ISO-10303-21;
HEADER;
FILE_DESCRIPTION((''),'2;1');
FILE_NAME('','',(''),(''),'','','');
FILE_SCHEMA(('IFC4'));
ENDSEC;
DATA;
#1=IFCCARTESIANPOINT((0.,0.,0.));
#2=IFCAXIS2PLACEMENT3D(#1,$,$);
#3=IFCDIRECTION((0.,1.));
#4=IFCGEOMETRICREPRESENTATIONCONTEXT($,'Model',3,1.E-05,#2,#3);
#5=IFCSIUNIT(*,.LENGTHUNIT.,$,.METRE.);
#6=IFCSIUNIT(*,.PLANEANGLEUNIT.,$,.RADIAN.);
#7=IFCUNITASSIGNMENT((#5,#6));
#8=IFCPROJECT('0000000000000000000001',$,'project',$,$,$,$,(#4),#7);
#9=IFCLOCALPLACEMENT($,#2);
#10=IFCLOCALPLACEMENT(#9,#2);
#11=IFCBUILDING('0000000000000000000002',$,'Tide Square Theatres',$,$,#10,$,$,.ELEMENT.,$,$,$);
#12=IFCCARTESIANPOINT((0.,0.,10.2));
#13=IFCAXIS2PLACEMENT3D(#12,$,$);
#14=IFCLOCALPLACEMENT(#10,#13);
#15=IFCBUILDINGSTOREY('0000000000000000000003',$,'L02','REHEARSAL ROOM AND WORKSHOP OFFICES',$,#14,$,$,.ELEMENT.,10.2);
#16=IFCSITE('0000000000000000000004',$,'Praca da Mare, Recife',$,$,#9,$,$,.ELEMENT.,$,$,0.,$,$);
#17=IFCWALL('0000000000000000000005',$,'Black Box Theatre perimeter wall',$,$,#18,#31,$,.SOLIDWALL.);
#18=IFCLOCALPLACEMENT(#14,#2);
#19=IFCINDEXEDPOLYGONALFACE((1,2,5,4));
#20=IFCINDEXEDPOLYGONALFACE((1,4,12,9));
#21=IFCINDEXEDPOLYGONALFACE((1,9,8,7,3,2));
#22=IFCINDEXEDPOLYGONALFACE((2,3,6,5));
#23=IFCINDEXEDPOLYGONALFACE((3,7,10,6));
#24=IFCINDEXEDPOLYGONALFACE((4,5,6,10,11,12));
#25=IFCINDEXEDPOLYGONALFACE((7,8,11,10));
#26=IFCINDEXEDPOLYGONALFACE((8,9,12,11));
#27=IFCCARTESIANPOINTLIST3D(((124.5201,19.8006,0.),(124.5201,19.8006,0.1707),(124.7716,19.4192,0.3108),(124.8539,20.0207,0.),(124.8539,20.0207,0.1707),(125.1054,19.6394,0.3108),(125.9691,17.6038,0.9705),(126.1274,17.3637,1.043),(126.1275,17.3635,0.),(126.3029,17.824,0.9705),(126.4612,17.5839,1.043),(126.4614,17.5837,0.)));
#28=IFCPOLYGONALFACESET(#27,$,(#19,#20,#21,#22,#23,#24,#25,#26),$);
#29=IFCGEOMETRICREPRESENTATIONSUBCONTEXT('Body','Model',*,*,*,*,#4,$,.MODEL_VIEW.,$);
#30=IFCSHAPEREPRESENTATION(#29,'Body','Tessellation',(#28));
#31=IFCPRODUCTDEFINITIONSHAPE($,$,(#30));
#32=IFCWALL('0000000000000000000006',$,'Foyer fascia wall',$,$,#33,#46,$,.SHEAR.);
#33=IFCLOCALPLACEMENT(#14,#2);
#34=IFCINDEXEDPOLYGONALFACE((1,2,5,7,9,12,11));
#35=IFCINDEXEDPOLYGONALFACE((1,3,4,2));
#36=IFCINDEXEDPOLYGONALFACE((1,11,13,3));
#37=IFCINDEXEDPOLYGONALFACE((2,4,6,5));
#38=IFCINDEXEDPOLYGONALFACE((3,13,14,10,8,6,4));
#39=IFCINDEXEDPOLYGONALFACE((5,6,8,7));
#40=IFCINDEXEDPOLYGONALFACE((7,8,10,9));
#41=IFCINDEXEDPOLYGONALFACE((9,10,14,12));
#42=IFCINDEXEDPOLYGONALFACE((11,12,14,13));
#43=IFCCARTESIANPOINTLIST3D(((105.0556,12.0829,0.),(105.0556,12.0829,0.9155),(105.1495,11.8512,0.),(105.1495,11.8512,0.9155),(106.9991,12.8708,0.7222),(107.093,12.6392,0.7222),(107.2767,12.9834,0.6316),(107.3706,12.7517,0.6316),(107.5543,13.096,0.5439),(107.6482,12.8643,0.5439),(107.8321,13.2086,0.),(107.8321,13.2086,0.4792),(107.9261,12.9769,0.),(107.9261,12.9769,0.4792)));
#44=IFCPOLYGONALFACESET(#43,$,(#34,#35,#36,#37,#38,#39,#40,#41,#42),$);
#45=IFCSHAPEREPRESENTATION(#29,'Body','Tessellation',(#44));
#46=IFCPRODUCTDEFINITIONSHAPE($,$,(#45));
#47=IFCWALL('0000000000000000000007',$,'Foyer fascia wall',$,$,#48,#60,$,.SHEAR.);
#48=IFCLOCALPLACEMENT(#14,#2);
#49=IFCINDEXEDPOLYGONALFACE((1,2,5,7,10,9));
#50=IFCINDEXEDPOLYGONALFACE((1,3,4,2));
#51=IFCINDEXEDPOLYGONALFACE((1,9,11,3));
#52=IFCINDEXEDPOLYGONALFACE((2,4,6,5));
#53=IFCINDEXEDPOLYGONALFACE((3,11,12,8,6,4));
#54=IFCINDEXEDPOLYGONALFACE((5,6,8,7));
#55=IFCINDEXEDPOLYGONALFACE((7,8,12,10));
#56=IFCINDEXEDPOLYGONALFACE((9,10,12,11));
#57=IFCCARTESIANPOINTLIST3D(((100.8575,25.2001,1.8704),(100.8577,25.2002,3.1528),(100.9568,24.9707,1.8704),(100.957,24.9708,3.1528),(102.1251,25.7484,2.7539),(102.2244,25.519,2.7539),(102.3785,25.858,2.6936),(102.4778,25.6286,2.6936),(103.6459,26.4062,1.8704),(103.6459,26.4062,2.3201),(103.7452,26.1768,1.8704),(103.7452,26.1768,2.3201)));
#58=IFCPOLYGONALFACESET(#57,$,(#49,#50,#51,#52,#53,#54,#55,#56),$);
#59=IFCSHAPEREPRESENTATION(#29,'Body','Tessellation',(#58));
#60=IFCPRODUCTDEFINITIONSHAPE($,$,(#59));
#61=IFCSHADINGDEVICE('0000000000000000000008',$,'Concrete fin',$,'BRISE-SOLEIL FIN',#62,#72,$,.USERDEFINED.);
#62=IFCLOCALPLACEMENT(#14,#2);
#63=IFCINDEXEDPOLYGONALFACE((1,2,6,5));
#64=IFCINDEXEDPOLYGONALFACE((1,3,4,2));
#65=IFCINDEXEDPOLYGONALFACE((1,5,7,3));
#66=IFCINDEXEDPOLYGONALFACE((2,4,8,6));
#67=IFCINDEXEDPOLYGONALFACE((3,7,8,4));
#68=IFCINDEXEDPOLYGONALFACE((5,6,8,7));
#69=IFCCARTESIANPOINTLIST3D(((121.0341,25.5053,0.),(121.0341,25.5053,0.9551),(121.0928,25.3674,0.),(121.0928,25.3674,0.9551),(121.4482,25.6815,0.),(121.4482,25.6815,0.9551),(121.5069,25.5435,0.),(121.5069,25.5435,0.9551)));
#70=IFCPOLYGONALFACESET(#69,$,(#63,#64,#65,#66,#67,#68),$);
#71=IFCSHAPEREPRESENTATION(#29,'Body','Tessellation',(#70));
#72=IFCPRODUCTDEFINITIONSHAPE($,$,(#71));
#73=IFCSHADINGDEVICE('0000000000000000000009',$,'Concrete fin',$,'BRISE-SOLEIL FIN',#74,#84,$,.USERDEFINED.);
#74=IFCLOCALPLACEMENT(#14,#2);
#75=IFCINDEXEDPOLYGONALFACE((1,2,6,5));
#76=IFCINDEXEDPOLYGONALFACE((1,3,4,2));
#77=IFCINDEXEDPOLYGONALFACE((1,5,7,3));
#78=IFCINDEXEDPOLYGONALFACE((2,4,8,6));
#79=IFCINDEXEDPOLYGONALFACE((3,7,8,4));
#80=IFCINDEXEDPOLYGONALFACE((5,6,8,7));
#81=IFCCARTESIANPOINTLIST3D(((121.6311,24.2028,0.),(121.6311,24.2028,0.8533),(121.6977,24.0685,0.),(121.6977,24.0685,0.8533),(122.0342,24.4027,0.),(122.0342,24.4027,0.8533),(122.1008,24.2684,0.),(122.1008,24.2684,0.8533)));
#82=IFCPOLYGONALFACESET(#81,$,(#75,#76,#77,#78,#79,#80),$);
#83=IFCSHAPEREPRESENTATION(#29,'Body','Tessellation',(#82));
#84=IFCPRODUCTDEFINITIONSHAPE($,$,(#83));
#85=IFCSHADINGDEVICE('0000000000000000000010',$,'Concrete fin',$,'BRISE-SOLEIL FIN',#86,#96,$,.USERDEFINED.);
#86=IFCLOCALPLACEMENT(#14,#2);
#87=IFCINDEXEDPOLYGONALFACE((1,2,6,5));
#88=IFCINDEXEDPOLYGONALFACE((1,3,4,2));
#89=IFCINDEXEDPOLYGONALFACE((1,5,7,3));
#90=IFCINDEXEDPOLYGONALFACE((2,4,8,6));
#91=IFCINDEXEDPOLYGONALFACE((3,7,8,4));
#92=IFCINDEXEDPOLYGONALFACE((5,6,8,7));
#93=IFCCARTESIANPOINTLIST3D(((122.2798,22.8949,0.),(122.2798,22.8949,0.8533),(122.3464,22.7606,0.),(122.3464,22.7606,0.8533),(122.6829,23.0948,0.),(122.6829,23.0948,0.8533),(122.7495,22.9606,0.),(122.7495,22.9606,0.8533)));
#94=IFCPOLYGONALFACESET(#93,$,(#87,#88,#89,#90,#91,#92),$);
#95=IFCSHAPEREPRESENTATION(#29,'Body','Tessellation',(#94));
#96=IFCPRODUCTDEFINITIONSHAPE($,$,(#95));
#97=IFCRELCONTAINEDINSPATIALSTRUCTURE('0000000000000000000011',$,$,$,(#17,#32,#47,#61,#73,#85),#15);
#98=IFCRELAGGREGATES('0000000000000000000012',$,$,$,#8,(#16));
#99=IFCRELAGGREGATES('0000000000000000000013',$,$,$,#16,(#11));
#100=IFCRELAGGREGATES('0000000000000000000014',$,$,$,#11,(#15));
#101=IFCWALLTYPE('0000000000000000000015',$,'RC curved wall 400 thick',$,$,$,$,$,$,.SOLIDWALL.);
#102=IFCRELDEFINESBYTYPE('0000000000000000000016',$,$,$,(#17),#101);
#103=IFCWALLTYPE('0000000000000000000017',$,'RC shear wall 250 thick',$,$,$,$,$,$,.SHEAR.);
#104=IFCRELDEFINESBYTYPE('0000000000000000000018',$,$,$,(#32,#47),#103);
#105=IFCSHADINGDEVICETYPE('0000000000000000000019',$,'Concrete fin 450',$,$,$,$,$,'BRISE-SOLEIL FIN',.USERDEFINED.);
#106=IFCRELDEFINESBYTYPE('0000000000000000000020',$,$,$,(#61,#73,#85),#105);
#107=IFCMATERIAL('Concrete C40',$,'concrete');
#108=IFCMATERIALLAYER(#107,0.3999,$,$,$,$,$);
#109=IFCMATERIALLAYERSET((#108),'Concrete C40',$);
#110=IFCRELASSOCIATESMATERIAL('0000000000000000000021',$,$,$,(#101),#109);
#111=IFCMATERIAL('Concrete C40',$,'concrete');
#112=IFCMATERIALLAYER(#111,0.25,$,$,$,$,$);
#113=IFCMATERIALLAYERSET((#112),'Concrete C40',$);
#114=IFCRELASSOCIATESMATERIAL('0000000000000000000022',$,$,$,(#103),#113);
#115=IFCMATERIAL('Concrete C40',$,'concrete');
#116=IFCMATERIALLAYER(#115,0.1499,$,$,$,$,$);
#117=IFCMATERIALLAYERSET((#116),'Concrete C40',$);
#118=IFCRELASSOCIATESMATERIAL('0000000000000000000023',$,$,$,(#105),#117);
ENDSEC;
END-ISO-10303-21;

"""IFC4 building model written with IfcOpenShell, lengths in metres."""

from ifc_helpers import new_model, si_unit, direction, frame, origin, origin_2d, place, context, subcontext, project, spatial, polyline, rectangle, outline, extrude, material, layer, layer_set, type_object, element, save


model = new_model("IFC4")

# Units and contexts
model_context = context("Model", 3, precision=1e-05, world=origin(), true_north=direction((0.0, 1.0)))
body_context = subcontext(model_context, "Body", "Model", "MODEL_VIEW")
ifc_project = project(units=[si_unit("LENGTHUNIT", "METRE"), si_unit("PLANEANGLEUNIT", "RADIAN")], contexts=[model_context])

# Site, building, storey
site_placement = place(None, origin())
site = spatial("IfcSite", under=ifc_project, at=site_placement, Name="Praca da Mare, Recife", CompositionType="ELEMENT", RefElevation=0.0)
building_placement = place(site_placement, origin())
building = spatial("IfcBuilding", under=site, at=building_placement, Name="Tide Square Theatres", CompositionType="ELEMENT")
storey_placement = place(building_placement, frame((0.0, 0.0, 10.2)))
storey = spatial("IfcBuildingStorey", under=building, at=storey_placement, Name="L02", Description="REHEARSAL ROOM AND WORKSHOP OFFICES", CompositionType="ELEMENT", Elevation=10.2)

# Walls
ifc_material_1 = material(Name="Concrete C40", Category="concrete")
ifc_layer_1 = layer(ifc_material_1, 0.3999)
ifc_layer_set_1 = layer_set([ifc_layer_1], Name="Concrete C40")
wall_type_1 = type_object("IfcWallType", Name="RC curved wall 400 thick", PredefinedType="SOLIDWALL", material=ifc_layer_set_1)
wall_1_placement = place(storey_placement, frame((124.687, 19.9106, 0.0), z_axis=(0.0, 0.0, 1.0), x_axis=(0.550602, -0.834768, 0.0)))
element("IfcWall", 1, at=wall_1_placement, inside=storey, type_object=wall_type_1, Name="Black Box Theatre perimeter wall", PredefinedType="SOLIDWALL", context=body_context, shape_type="SweptSolid", body=[
    extrude(outline(polyline([(0.0, 0.0), (2.9194, 0.0), (2.9192, 1.043), (2.6316, 0.9705), (0.4568, 0.3108), (0.0, 0.1707), (0.0, 0.0)])), frame((0.0, 0.2, 0.0), z_axis=(0.0, -1.0, 0.0), x_axis=(1.0, 0.0, 0.0)), (0.0, 0.0, 1.0), 0.3999),
])
ifc_material_2 = material(Name="Concrete C40", Category="concrete")
ifc_layer_2 = layer(ifc_material_2, 0.25)
ifc_layer_set_2 = layer_set([ifc_layer_2], Name="Concrete C40")
wall_type_2 = type_object("IfcWallType", Name="RC shear wall 250 thick", PredefinedType="SHEAR", material=ifc_layer_set_2)
wall_2_placement = place(storey_placement, frame((105.1025, 11.967, 0.0), z_axis=(0.0, 0.0, 1.0), x_axis=(0.92673, 0.375728, 0.0)))
element("IfcWall", 2, at=wall_2_placement, inside=storey, type_object=wall_type_2, Name="Foyer fascia wall", PredefinedType="SHEAR", context=body_context, shape_type="SweptSolid", body=[
    extrude(outline(polyline([(0.0, 0.0), (2.9961, 0.0), (2.9961, 0.4792), (2.6963, 0.5439), (2.3967, 0.6316), (2.0972, 0.7222), (0.0, 0.9155), (0.0, 0.0)])), frame((0.0, 0.125, 0.0), z_axis=(0.0, -1.0, 0.0), x_axis=(1.0, 0.0, 0.0)), (0.0, 0.0, 1.0), 0.25),
])
wall_3_placement = place(storey_placement, frame((103.6956, 26.2915, 1.8704), z_axis=(0.0, 0.0, 1.0), x_axis=(-0.917822, -0.396992, 0.0)))
element("IfcWall", 3, at=wall_3_placement, inside=storey, type_object=wall_type_2, Name="Foyer fascia wall", PredefinedType="SHEAR", context=body_context, shape_type="SweptSolid", body=[
    extrude(outline(polyline([(0.0, 0.0), (3.0381, 0.0), (3.0378, 1.2825), (1.657, 0.8835), (1.3809, 0.8232), (0.0, 0.4497), (0.0, 0.0)])), frame((0.0, 0.125, 0.0), z_axis=(0.0, -1.0, 0.0), x_axis=(1.0, 0.0, 0.0)), (0.0, 0.0, 1.0), 0.25),
])

# Shading devices
ifc_material_3 = material(Name="Concrete C40", Category="concrete")
ifc_layer_3 = layer(ifc_material_3, 0.1499)
ifc_layer_set_3 = layer_set([ifc_layer_3], Name="Concrete C40")
shading_device_type = type_object("IfcShadingDeviceType", Name="Concrete fin 450", ElementType="BRISE-SOLEIL FIN", PredefinedType="USERDEFINED", material=ifc_layer_set_3)
shading_device_placement = place(storey_placement, frame((121.2705, 25.5244, 0.0), z_axis=(0.0, 0.0, 1.0), x_axis=(0.391518, -0.92017, 0.0)))
element("IfcShadingDevice", 4, at=shading_device_placement, inside=storey, type_object=shading_device_type, Name="Concrete fin", ObjectType="BRISE-SOLEIL FIN", PredefinedType="USERDEFINED", context=body_context, shape_type="SweptSolid", body=[
    extrude(rectangle(XDim=0.1499, YDim=0.45, at=origin_2d()), origin(), (0.0, 0.0, 1.0), 0.9551),
])
for number, where, z_axis, x_axis, name in (
    (5, (121.866, 24.2356, 0.0), (0.0, 0.0, 1.0), (0.444338, -0.895859, 0.0), "Concrete fin"),
    (6, (122.5146, 22.9277, 0.0), (0.0, 0.0, 1.0), (0.444338, -0.895859, 0.0), "Concrete fin"),
):
    element("IfcShadingDevice", number, at=place(storey_placement, frame(where, z_axis=z_axis, x_axis=x_axis)), inside=storey, type_object=shading_device_type, Name=name, ObjectType="BRISE-SOLEIL FIN", PredefinedType="USERDEFINED", context=body_context, shape_type="SweptSolid", body=[
        extrude(rectangle(XDim=0.1499, YDim=0.45, at=origin_2d()), origin(), (0.0, 0.0, 1.0), 0.8533),
    ])

save(model, "model.ifc")
